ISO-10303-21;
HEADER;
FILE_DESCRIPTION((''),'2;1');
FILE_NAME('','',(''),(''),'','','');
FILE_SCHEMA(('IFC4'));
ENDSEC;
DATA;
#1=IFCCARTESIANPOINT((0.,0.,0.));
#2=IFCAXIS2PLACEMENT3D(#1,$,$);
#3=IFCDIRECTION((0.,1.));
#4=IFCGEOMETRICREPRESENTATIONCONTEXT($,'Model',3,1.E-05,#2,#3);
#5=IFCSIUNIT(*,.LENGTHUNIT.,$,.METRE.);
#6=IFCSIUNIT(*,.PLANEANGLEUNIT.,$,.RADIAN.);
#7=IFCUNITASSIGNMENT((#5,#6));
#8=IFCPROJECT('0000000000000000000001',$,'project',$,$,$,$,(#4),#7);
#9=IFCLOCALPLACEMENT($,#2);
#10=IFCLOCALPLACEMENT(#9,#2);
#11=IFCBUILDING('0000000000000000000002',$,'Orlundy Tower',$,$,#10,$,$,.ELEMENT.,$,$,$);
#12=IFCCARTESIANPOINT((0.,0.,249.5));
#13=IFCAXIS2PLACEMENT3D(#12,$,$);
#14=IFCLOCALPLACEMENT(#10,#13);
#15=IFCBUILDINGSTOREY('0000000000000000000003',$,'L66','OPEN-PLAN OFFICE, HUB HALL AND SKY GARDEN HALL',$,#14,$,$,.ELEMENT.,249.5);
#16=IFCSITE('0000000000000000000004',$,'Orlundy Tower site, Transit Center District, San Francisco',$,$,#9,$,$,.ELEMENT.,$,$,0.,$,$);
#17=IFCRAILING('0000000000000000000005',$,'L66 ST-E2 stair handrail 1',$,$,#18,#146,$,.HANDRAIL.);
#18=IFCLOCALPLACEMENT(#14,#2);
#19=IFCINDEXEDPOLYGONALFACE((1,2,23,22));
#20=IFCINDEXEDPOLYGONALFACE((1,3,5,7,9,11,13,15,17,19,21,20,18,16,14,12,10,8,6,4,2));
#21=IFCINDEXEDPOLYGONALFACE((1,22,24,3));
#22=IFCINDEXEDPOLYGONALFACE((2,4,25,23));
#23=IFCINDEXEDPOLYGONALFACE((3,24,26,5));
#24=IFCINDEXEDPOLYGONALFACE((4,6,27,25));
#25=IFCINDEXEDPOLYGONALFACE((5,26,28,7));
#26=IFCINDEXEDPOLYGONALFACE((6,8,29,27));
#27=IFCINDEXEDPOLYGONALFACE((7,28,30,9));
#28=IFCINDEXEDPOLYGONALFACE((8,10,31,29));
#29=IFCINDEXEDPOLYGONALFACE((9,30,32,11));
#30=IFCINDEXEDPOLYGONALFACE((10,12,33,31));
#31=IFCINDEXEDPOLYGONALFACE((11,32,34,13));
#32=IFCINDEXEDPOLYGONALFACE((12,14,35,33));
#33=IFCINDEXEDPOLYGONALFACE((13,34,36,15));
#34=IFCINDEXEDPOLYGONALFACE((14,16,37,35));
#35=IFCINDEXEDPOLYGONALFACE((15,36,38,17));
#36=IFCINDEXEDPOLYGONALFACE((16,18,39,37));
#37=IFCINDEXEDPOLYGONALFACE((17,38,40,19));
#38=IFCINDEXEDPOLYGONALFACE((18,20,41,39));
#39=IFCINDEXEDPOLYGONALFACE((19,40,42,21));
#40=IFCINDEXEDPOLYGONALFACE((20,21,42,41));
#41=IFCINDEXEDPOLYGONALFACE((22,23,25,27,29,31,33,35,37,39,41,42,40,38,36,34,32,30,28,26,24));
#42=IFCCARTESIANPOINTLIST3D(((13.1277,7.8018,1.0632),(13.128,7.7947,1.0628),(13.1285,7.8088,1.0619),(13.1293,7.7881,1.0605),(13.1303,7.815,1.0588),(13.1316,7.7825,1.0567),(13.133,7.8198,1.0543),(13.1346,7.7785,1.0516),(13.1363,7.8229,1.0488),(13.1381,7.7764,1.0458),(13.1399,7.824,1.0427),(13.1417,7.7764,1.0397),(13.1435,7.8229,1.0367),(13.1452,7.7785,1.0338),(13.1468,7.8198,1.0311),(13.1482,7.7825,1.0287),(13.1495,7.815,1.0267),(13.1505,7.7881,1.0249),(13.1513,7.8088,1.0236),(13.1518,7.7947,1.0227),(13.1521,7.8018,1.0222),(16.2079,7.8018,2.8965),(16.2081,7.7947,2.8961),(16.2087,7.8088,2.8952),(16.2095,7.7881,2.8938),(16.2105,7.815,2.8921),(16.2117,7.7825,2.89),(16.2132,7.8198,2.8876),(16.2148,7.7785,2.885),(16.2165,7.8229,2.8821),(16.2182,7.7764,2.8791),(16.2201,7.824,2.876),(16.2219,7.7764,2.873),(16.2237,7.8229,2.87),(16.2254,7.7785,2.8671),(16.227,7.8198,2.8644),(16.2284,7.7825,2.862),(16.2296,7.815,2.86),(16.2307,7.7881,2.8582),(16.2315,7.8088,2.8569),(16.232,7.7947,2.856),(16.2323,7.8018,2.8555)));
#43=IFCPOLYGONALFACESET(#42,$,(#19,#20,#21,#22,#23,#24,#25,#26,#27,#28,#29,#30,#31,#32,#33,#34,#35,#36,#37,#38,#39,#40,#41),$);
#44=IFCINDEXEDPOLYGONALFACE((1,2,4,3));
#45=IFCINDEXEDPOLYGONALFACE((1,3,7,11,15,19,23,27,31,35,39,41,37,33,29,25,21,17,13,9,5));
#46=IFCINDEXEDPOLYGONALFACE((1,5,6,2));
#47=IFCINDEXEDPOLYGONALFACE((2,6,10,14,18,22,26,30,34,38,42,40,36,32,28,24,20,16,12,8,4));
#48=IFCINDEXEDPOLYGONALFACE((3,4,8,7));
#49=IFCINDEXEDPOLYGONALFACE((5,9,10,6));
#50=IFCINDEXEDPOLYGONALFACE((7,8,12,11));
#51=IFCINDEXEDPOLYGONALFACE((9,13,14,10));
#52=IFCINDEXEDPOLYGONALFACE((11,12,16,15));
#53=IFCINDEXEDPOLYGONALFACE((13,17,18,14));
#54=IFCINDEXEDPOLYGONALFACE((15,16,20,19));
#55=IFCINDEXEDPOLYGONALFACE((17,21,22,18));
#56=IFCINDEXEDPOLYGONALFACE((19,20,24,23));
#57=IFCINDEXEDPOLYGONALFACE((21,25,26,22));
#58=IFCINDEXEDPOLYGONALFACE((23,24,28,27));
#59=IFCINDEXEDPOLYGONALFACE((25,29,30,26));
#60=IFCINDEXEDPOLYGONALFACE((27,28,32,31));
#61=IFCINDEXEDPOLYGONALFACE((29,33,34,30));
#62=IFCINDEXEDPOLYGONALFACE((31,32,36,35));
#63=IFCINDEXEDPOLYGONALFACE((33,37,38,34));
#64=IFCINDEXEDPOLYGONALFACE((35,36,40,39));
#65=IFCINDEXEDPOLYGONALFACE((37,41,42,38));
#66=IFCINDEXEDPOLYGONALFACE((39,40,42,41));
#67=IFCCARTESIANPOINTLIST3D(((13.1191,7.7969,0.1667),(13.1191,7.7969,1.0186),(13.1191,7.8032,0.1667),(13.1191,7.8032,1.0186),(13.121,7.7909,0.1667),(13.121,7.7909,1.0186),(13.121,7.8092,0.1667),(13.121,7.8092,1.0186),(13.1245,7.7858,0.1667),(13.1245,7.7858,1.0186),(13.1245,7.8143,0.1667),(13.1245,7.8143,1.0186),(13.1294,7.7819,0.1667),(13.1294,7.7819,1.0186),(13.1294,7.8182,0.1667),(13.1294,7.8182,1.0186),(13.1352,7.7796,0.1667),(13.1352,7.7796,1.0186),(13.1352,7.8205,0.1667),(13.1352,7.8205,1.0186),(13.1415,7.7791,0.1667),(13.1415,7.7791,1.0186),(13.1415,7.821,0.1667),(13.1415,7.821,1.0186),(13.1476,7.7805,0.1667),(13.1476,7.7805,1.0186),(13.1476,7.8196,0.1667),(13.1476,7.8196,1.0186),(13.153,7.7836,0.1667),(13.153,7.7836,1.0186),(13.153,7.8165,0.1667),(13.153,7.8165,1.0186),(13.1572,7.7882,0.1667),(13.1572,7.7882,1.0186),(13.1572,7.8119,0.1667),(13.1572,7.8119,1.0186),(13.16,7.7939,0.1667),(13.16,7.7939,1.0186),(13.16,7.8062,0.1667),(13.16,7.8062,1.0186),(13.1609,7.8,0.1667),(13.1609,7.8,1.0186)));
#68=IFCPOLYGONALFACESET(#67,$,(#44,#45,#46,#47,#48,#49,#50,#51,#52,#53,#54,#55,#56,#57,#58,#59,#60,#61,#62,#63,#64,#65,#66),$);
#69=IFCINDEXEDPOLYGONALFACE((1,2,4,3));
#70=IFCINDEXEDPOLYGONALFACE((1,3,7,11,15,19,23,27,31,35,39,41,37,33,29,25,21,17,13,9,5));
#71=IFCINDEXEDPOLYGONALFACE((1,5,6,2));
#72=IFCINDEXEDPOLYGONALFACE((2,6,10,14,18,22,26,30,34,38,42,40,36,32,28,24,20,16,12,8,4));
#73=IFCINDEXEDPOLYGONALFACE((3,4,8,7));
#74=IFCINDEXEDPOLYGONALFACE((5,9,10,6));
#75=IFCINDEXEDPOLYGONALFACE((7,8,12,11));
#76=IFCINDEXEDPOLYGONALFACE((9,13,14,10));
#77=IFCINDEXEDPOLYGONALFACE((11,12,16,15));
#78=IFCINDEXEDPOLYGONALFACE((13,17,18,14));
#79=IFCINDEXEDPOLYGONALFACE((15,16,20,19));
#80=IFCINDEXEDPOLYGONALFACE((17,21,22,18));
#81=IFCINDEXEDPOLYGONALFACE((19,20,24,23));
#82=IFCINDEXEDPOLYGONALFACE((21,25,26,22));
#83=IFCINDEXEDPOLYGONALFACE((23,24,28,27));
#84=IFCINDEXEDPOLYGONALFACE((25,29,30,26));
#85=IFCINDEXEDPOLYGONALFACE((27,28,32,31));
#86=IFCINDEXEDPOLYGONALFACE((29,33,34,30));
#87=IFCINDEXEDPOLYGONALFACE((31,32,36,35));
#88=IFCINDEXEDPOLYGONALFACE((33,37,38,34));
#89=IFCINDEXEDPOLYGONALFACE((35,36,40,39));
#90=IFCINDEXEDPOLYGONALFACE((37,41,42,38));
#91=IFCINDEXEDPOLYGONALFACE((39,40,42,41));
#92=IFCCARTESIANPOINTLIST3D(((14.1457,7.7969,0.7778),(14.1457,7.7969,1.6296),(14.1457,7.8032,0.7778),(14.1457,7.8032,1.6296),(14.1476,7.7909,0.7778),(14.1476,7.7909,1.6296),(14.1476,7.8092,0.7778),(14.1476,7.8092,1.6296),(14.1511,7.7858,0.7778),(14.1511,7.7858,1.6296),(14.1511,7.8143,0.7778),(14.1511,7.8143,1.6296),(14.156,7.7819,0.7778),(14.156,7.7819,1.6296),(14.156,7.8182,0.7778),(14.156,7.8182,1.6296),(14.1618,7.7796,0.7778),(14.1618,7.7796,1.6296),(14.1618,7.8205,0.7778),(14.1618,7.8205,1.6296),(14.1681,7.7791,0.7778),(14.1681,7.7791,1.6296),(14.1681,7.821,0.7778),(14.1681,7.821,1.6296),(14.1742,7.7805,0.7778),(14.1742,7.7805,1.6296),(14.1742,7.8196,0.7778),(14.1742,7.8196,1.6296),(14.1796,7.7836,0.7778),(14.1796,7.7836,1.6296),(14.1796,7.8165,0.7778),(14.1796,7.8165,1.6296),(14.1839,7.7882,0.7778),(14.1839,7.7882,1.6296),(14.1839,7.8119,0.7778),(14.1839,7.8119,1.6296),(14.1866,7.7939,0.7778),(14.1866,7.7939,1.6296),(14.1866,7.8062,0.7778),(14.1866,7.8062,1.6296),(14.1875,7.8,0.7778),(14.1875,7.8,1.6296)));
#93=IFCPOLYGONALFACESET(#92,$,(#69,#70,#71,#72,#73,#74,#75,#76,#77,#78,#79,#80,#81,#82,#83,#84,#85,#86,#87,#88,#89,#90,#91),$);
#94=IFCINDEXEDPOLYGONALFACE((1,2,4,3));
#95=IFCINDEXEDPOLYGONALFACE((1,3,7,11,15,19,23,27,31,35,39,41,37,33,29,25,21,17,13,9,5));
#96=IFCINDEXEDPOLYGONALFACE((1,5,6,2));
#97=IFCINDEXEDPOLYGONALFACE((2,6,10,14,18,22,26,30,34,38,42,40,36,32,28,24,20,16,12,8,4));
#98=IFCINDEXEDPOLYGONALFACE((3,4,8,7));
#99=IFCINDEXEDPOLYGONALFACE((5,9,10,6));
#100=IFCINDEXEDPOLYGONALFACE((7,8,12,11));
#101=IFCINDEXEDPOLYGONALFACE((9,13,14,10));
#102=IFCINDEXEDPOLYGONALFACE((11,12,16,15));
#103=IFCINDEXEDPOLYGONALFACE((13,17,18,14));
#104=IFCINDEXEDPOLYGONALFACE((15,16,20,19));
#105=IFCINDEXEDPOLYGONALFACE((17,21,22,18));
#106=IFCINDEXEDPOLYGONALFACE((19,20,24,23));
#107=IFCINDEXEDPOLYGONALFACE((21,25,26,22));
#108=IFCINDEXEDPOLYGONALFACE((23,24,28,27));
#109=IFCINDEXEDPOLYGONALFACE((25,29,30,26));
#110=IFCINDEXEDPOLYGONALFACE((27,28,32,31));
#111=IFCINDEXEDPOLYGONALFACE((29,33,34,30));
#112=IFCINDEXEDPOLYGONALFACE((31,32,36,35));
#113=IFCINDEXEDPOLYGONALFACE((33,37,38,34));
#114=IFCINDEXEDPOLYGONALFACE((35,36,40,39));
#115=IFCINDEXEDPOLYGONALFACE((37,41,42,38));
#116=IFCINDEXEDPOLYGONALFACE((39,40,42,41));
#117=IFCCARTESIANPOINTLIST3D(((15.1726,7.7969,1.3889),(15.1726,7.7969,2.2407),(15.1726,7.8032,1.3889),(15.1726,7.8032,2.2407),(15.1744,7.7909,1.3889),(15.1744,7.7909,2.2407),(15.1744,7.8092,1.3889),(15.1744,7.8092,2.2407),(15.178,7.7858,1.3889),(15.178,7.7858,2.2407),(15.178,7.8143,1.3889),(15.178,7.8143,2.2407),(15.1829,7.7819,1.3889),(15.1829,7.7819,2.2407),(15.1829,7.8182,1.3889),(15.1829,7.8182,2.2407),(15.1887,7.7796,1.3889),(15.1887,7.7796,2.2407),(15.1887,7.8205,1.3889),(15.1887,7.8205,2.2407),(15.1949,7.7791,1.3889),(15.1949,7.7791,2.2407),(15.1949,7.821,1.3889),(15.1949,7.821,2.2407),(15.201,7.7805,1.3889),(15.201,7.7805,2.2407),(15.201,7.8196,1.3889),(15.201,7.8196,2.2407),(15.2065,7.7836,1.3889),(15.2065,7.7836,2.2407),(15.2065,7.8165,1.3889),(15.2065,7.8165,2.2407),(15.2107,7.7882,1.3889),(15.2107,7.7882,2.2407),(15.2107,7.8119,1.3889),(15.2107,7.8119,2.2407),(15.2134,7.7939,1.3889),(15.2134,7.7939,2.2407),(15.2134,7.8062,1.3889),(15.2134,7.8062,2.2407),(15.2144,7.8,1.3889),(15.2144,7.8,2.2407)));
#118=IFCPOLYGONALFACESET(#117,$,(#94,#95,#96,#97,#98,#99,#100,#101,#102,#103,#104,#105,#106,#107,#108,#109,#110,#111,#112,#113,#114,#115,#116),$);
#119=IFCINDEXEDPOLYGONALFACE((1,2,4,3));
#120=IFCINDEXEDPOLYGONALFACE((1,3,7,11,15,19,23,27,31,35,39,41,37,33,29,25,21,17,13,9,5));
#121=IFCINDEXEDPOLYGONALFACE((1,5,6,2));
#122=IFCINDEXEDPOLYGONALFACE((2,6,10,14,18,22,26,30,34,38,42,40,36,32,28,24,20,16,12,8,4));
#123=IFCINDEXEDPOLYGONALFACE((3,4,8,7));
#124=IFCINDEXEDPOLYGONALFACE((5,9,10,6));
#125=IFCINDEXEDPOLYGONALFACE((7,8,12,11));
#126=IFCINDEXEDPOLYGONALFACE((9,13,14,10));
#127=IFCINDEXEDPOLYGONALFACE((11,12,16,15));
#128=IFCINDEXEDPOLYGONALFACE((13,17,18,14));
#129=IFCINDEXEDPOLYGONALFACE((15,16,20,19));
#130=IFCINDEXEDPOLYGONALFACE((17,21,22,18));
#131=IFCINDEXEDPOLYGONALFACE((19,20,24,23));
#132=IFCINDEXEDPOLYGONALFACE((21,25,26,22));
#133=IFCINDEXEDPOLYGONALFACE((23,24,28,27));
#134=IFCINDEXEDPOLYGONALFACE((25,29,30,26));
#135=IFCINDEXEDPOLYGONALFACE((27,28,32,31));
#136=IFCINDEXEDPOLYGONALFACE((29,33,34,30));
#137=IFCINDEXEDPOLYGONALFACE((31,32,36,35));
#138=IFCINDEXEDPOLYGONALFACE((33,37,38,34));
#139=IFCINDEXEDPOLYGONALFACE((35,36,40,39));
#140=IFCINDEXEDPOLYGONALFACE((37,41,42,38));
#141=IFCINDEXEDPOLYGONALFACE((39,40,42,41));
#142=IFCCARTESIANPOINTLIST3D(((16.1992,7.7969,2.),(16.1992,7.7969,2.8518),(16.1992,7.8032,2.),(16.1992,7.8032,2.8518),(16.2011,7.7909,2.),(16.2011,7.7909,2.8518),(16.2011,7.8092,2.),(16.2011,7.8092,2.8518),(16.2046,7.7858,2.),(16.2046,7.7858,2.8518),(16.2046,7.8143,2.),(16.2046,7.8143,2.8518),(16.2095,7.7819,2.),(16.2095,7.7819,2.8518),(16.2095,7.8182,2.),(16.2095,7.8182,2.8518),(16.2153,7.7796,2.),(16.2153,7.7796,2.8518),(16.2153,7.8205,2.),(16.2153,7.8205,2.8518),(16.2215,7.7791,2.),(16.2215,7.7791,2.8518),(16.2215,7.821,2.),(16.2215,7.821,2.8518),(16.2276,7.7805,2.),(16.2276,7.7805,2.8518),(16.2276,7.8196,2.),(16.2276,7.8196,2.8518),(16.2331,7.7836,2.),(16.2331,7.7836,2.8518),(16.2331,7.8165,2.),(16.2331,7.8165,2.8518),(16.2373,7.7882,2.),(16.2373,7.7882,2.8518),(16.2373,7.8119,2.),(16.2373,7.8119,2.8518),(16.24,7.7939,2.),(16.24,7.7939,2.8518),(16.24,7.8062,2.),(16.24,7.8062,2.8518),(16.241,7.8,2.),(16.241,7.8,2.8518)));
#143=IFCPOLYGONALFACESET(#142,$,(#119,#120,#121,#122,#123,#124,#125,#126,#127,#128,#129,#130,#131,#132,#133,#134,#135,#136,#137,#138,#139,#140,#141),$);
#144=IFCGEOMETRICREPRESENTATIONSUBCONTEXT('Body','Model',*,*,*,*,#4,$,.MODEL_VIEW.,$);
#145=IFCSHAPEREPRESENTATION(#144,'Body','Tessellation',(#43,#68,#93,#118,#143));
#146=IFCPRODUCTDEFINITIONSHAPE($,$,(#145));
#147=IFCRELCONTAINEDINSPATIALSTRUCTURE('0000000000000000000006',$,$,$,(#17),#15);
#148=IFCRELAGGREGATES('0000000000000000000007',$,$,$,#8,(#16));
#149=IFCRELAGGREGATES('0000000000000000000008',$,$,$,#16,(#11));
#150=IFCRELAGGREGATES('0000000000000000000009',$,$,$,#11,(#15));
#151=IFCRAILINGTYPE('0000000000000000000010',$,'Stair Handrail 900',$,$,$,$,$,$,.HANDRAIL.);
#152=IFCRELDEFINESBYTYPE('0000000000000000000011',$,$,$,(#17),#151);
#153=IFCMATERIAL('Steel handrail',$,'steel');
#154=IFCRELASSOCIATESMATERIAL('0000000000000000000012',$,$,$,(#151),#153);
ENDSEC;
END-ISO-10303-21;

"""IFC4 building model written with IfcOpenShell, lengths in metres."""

from ifc_helpers import new_model, si_unit, direction, frame, origin, origin_2d, place, context, subcontext, project, spatial, circle, extrude, material, type_object, element, save


model = new_model("IFC4")

# Units and contexts
model_context = context("Model", 3, precision=1e-05, world=origin(), true_north=direction((0.0, 1.0)))
body_context = subcontext(model_context, "Body", "Model", "MODEL_VIEW")
ifc_project = project(units=[si_unit("LENGTHUNIT", "METRE"), si_unit("PLANEANGLEUNIT", "RADIAN")], contexts=[model_context])

# Site, building, storey
site_placement = place(None, origin())
site = spatial("IfcSite", under=ifc_project, at=site_placement, Name="Orlundy Tower site, Transit Center District, San Francisco", CompositionType="ELEMENT", RefElevation=0.0)
building_placement = place(site_placement, origin())
building = spatial("IfcBuilding", under=site, at=building_placement, Name="Orlundy Tower", CompositionType="ELEMENT")
storey_placement = place(building_placement, frame((0.0, 0.0, 249.5)))
storey = spatial("IfcBuildingStorey", under=building, at=storey_placement, Name="L66", Description="OPEN-PLAN OFFICE, HUB HALL AND SKY GARDEN HALL", CompositionType="ELEMENT", Elevation=249.5)

# Railing
ifc_material_1 = material(Name="Steel handrail", Category="steel")
railing_type_1 = type_object("IfcRailingType", Name="Stair Handrail 900", PredefinedType="HANDRAIL", material=ifc_material_1)
railing_1_placement = place(storey_placement, frame((13.1399, 7.8, 0.1667)))
element("IfcRailing", 1, at=railing_1_placement, inside=storey, type_object=railing_type_1, Name="L66 ST-E2 stair handrail 1", PredefinedType="HANDRAIL", context=body_context, shape_type="SweptSolid", body=[
    extrude(circle(Radius=0.0239, at=origin_2d()), frame((0.0, 0.0, 0.876), z_axis=(0.859309, 0.0, 0.511458), x_axis=(0.0, 1.0, 0.0)), (0.0, 0.0, 1.0), 3.5845),
    extrude(circle(Radius=0.021, at=origin_2d()), origin(), (0.0, 0.0, 1.0), 0.8518),
    extrude(circle(Radius=0.021, at=origin_2d()), frame((1.0266, 0.0, 0.6111)), (0.0, 0.0, 1.0), 0.8518),
    extrude(circle(Radius=0.021, at=origin_2d()), frame((2.0535, 0.0, 1.2222)), (0.0, 0.0, 1.0), 0.8518),
    extrude(circle(Radius=0.021, at=origin_2d()), frame((3.0801, 0.0, 1.8333)), (0.0, 0.0, 1.0), 0.8518),
])

save(model, "model.ifc")
